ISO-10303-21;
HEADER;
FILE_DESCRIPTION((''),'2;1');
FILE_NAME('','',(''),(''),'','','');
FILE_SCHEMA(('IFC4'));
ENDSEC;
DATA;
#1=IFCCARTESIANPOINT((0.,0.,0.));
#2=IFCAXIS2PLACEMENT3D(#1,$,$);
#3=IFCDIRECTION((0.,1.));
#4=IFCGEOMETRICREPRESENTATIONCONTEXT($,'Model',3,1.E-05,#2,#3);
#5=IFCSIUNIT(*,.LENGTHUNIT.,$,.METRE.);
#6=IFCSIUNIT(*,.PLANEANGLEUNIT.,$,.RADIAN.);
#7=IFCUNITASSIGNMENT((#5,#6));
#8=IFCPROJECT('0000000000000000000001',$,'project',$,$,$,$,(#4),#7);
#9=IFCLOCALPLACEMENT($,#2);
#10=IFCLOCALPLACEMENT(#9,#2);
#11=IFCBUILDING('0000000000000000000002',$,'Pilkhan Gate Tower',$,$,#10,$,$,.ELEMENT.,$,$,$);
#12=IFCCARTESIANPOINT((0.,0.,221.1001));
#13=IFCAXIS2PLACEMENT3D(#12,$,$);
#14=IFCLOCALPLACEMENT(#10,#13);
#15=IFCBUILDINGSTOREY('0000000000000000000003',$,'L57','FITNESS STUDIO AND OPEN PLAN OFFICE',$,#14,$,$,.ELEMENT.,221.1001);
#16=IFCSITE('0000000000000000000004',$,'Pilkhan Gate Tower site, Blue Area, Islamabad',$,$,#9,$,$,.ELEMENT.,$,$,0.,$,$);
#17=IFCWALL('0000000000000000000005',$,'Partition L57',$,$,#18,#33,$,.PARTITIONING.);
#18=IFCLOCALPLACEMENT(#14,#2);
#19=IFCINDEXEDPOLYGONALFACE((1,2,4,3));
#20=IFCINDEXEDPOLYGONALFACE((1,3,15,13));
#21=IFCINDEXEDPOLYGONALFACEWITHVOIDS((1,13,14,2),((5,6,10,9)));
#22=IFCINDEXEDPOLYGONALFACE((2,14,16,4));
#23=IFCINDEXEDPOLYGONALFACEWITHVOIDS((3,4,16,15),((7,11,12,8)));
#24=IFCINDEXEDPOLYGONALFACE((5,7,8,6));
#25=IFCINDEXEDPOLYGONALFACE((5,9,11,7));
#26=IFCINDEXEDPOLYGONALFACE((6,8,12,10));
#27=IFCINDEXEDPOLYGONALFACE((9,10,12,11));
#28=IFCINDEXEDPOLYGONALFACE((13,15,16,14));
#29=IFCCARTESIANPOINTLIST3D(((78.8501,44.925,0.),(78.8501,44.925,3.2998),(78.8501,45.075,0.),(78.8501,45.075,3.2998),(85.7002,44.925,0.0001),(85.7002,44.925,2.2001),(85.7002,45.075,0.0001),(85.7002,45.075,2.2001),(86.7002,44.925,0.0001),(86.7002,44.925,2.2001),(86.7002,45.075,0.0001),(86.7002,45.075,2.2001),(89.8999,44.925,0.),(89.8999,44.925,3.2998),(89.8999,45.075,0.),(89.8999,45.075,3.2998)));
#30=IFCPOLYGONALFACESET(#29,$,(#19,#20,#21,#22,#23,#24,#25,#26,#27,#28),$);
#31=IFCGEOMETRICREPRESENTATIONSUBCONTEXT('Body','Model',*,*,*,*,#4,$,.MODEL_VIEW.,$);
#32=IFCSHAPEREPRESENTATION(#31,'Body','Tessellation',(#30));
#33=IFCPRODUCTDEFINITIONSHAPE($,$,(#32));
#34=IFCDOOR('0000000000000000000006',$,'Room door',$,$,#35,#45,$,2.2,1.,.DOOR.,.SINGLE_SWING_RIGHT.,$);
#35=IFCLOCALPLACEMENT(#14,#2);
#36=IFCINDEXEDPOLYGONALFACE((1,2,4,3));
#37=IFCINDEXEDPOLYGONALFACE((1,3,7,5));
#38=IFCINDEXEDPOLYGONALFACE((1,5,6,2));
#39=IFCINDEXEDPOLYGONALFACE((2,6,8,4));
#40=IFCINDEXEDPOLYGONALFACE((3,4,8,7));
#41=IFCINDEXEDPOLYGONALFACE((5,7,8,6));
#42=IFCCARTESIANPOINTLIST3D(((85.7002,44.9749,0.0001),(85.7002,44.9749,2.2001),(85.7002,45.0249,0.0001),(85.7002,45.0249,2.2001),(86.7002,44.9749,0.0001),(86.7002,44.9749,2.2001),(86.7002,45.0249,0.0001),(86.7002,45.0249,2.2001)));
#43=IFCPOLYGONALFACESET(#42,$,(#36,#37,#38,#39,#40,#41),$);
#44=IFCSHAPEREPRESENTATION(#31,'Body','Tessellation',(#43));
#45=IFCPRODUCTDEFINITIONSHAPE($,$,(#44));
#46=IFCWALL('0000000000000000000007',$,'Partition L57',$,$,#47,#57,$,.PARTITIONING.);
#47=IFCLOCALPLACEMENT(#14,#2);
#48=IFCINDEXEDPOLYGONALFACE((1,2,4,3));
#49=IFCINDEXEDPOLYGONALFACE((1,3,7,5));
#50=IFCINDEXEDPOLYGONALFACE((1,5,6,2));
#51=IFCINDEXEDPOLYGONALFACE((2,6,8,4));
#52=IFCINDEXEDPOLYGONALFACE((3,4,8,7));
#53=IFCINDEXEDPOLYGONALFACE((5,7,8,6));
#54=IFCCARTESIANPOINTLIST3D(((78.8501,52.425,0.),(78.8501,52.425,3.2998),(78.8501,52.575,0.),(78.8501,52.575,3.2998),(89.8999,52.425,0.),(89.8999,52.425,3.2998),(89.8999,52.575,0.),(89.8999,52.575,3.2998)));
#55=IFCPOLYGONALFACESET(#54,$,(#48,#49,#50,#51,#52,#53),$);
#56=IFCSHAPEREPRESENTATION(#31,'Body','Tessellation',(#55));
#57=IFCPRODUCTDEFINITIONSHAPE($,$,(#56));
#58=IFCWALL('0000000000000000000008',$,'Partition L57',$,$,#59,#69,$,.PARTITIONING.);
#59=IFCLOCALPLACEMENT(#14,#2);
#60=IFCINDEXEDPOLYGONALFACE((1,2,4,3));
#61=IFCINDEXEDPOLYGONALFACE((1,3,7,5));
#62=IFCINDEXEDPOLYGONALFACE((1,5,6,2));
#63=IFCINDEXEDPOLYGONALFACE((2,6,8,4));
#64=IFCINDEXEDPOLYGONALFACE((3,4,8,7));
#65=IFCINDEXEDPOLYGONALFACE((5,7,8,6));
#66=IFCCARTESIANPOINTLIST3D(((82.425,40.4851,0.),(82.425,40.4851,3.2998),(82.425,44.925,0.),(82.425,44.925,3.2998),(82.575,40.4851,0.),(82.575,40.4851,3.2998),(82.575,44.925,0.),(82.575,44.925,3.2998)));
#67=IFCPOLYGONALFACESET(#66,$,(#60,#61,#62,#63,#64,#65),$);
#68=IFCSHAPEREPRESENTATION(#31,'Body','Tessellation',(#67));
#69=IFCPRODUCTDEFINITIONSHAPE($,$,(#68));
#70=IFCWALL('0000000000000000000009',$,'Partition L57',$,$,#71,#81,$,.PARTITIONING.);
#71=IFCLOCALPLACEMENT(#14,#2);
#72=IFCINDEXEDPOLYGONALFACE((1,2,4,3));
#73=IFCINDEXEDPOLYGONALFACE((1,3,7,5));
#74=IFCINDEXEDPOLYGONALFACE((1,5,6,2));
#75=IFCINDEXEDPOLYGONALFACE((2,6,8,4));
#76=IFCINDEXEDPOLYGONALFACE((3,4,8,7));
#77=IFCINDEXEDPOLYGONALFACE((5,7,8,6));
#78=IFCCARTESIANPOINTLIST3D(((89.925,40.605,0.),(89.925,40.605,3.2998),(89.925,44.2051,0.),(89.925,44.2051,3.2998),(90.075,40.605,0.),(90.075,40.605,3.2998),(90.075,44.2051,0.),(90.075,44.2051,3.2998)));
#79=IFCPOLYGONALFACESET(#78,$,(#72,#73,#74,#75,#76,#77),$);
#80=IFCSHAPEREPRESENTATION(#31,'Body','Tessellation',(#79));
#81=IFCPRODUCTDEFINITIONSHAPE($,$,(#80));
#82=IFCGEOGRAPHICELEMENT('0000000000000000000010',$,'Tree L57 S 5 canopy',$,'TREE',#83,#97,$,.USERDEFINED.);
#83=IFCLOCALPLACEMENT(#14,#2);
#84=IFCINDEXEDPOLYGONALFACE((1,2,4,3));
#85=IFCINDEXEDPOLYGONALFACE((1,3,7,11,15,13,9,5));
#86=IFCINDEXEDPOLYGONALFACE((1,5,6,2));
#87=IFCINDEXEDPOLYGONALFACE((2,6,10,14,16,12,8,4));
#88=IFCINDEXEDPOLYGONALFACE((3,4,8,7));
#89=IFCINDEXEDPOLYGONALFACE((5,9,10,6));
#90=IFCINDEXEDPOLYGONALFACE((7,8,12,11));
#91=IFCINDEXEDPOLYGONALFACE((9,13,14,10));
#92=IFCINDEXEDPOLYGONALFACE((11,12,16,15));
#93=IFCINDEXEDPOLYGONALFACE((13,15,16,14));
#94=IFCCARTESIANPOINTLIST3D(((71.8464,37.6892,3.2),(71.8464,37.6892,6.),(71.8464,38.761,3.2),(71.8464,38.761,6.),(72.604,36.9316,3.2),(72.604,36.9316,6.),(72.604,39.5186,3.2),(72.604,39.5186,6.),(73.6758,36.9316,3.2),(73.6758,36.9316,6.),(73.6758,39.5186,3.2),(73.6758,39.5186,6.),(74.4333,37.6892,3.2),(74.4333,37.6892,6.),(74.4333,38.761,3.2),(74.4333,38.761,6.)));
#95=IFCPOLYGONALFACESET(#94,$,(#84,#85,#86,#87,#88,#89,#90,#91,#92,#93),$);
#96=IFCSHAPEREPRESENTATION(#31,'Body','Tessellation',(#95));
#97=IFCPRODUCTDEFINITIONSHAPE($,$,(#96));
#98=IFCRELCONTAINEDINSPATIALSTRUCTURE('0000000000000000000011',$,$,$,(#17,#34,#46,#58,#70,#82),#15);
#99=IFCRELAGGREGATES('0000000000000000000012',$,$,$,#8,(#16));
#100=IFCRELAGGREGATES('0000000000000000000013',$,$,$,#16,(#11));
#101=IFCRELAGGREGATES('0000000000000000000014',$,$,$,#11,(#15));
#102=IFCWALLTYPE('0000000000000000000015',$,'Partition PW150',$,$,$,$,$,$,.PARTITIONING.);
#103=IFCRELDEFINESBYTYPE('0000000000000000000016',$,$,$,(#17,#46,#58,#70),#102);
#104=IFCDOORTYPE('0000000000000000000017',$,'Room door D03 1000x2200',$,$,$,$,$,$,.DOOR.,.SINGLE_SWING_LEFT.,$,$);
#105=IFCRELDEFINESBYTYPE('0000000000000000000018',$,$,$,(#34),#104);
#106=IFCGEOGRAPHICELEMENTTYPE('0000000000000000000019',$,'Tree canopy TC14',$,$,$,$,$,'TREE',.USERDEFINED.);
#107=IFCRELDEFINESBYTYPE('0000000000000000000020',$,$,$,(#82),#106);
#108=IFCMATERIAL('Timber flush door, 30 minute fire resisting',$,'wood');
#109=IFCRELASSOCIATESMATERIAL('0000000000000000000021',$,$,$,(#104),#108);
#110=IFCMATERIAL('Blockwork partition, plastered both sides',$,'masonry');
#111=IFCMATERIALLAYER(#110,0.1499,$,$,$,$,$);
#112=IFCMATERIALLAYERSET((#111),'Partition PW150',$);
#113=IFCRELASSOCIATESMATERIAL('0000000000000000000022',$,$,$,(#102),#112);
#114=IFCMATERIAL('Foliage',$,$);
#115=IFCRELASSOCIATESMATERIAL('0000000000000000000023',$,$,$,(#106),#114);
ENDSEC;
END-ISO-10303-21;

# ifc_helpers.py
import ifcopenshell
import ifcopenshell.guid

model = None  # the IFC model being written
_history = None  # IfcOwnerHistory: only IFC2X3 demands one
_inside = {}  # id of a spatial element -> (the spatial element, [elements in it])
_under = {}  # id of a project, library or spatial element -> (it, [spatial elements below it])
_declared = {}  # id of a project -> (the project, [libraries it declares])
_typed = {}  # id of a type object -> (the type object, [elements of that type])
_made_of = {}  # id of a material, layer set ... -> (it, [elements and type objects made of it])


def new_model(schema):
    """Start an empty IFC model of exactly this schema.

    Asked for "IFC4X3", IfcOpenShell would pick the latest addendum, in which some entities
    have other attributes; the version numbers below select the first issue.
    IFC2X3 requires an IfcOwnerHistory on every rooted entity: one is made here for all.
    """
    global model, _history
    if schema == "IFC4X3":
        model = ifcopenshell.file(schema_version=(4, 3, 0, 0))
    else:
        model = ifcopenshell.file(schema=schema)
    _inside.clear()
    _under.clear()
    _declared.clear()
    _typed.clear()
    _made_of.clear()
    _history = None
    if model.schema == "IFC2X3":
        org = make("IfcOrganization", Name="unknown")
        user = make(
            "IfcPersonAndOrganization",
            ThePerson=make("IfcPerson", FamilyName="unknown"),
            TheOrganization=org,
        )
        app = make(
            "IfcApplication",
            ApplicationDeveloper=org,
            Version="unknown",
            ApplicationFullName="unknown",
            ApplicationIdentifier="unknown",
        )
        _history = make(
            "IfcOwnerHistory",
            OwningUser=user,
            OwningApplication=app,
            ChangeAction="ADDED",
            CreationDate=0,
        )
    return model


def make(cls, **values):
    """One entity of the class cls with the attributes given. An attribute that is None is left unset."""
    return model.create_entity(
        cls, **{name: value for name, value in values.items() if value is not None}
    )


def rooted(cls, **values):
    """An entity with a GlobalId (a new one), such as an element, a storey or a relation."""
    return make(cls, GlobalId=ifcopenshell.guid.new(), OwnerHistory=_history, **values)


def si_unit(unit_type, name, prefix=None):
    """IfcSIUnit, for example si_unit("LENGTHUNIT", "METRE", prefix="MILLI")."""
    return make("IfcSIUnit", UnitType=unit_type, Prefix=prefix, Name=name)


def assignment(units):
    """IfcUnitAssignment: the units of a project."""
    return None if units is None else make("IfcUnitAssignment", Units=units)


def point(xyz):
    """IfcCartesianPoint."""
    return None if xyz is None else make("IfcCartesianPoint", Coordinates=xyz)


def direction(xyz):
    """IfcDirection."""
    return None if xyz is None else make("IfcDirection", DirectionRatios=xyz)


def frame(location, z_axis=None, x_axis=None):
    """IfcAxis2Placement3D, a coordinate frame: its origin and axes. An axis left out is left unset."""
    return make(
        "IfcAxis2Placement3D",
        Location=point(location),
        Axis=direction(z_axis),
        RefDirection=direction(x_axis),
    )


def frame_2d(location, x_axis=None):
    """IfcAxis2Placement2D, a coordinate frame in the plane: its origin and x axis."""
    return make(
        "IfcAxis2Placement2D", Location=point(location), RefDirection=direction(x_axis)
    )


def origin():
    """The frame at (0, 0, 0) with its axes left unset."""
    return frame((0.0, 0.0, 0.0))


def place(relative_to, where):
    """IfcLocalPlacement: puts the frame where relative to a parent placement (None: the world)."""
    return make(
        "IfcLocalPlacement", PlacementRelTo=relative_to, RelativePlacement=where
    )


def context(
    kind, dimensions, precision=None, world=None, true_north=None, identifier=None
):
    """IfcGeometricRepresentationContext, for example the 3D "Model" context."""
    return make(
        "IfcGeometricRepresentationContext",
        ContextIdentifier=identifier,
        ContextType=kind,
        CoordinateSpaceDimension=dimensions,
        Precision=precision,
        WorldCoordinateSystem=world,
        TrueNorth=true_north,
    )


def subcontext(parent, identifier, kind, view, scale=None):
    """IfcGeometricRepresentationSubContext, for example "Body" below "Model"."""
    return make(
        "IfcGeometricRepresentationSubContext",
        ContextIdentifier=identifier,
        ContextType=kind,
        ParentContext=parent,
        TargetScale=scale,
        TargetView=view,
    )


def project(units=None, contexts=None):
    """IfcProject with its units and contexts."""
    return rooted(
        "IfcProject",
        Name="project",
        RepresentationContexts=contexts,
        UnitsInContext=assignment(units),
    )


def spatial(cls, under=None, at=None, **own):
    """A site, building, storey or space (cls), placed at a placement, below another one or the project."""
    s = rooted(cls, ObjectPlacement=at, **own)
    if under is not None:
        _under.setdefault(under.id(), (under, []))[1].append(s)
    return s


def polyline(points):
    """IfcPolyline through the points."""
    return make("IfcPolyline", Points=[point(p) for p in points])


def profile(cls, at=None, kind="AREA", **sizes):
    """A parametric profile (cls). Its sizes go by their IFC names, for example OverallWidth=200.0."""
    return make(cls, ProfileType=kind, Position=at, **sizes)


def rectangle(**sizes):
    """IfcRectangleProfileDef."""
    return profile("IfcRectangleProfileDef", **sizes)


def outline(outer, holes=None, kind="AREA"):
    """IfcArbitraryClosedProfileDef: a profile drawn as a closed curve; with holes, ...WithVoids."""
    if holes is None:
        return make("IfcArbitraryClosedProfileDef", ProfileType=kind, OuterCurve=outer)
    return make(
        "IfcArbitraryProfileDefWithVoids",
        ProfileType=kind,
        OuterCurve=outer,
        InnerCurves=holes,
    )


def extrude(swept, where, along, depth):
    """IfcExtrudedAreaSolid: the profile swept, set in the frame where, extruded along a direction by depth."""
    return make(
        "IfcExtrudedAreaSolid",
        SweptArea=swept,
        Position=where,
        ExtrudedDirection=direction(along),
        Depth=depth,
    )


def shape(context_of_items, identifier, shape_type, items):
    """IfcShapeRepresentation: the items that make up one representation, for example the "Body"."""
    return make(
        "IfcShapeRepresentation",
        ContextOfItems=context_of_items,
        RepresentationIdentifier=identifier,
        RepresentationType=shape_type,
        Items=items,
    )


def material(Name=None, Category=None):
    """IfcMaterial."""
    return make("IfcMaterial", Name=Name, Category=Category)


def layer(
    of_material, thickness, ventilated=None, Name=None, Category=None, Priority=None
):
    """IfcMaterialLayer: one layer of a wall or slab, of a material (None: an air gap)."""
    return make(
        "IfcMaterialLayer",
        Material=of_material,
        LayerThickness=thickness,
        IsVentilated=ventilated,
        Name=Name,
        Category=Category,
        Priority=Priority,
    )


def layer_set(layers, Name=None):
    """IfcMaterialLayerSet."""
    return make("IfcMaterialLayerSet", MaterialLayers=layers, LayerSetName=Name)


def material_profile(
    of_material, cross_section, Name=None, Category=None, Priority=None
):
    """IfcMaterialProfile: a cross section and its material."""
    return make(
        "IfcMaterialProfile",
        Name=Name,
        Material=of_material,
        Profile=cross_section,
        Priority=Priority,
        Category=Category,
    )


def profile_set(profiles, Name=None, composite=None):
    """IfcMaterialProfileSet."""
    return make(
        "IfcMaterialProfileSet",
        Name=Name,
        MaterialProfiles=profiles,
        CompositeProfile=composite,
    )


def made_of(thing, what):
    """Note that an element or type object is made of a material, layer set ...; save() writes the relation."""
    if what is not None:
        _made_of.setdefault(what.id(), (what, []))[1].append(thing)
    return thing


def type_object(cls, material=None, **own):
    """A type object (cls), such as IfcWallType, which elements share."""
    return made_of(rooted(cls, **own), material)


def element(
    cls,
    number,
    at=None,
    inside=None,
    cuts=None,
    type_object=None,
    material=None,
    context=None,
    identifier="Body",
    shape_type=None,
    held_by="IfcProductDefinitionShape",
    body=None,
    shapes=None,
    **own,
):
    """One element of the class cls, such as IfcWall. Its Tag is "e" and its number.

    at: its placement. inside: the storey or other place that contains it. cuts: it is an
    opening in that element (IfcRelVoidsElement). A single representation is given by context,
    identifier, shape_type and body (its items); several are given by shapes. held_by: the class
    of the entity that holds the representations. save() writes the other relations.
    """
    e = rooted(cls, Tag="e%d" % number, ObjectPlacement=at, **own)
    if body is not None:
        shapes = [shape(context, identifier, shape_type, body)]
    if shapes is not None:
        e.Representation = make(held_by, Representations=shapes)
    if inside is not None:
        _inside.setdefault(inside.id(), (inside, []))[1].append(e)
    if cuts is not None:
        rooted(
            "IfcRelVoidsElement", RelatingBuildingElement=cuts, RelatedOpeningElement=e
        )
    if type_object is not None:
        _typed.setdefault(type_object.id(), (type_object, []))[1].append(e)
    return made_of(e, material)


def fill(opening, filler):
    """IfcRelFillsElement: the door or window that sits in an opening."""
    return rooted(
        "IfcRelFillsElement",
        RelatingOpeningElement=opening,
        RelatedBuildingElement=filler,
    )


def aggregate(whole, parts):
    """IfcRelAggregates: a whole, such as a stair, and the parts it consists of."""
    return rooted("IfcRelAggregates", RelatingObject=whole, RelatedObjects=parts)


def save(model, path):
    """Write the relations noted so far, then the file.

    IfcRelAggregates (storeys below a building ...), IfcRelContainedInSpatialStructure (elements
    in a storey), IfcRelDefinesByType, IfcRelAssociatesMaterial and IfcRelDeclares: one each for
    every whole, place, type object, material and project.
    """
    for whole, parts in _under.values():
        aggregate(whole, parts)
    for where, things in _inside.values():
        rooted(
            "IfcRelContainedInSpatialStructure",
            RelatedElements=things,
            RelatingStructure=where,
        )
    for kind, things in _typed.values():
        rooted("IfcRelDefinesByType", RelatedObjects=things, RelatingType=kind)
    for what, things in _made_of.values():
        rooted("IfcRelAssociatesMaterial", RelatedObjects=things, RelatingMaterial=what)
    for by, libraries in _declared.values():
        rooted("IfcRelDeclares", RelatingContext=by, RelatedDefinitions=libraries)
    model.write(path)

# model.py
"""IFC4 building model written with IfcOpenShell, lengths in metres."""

from ifc_helpers import new_model, si_unit, direction, frame, frame_2d, origin, place, context, subcontext, project, spatial, polyline, rectangle, outline, extrude, material, layer, layer_set, material_profile, profile_set, type_object, element, fill, save


model = new_model("IFC4")

# Units and contexts
model_context = context("Model", 3, precision=1e-05, world=origin(), true_north=direction((0.0, 1.0)))
body_context = subcontext(model_context, "Body", "Model", "MODEL_VIEW")
ifc_project = project(units=[si_unit("LENGTHUNIT", "METRE"), si_unit("PLANEANGLEUNIT", "RADIAN")], contexts=[model_context])

# Site, building, storey
site_placement = place(None, origin())
site = spatial("IfcSite", under=ifc_project, at=site_placement, Name="Pilkhan Gate Tower site, Blue Area, Islamabad", CompositionType="ELEMENT", RefElevation=0.0)
building_placement = place(site_placement, origin())
building = spatial("IfcBuilding", under=site, at=building_placement, Name="Pilkhan Gate Tower", CompositionType="ELEMENT")
storey_placement = place(building_placement, frame((0.0, 0.0, 221.1001)))
storey = spatial("IfcBuildingStorey", under=building, at=storey_placement, Name="L57", Description="FITNESS STUDIO AND OPEN PLAN OFFICE", CompositionType="ELEMENT", Elevation=221.1001)

# Shared definitions
ifc_material_1 = material(Name="Timber flush door, 30 minute fire resisting", Category="wood")
door_type_1 = type_object("IfcDoorType", Name="Room door D03 1000x2200", OperationType="SINGLE_SWING_LEFT", PredefinedType="DOOR", material=ifc_material_1)

# Wall, opening, door
ifc_material_2 = material(Name="Blockwork partition, plastered both sides", Category="masonry")
ifc_layer_1 = layer(ifc_material_2, 0.1499)
ifc_layer_set_1 = layer_set([ifc_layer_1], Name="Partition PW150")
wall_type_1 = type_object("IfcWallType", Name="Partition PW150", PredefinedType="PARTITIONING", material=ifc_layer_set_1)
wall_1_placement = place(storey_placement, frame((78.8501, 45.0, 0.0), z_axis=(0.0, 0.0, 1.0), x_axis=(1.0, 0.0, 0.0)))
wall_1 = element("IfcWall", 1, at=wall_1_placement, inside=storey, type_object=wall_type_1, Name="Partition L57", PredefinedType="PARTITIONING", context=body_context, shape_type="SweptSolid", body=[
    extrude(rectangle(XDim=11.0498, YDim=0.1499, at=frame_2d((5.5249, 0.0))), origin(), (0.0, 0.0, 1.0), 3.2998),
])
opening_1_placement = place(wall_1_placement, frame((6.8501, 0.0, 0.0)))
opening_1 = element("IfcOpeningElement", 2, at=opening_1_placement, cuts=wall_1, PredefinedType="OPENING", context=body_context, shape_type="SweptSolid", body=[
    extrude(rectangle(XDim=1.0, YDim=2.2, at=frame_2d((0.5, 1.1001))), frame((0.0, 0.085, 0.0), z_axis=(0.0, -1.0, 0.0), x_axis=(1.0, 0.0, 0.0)), (0.0, 0.0, 1.0), 0.1699),
])
door_1_placement = place(opening_1_placement, origin())
door_1 = element("IfcDoor", 3, at=door_1_placement, inside=storey, type_object=door_type_1, Name="Room door", OperationType="SINGLE_SWING_RIGHT", OverallHeight=2.2, OverallWidth=1.0, PredefinedType="DOOR", context=body_context, shape_type="SweptSolid", body=[
    extrude(rectangle(XDim=1.0, YDim=2.2, at=frame_2d((0.5, 1.1001))), frame((0.0, 0.0249, 0.0), z_axis=(0.0, -1.0, 0.0), x_axis=(1.0, 0.0, 0.0)), (0.0, 0.0, 1.0), 0.05),
])
fill(opening_1, door_1)

# Walls
wall_2_placement = place(storey_placement, frame((78.8501, 52.5, 0.0), z_axis=(0.0, 0.0, 1.0), x_axis=(1.0, 0.0, 0.0)))
element("IfcWall", 4, at=wall_2_placement, inside=storey, type_object=wall_type_1, Name="Partition L57", PredefinedType="PARTITIONING", context=body_context, shape_type="SweptSolid", body=[
    extrude(rectangle(XDim=11.0498, YDim=0.1499, at=frame_2d((5.5249, 0.0))), origin(), (0.0, 0.0, 1.0), 3.2998),
])
wall_3_placement = place(storey_placement, frame((82.5, 40.4851, 0.0), z_axis=(0.0, 0.0, 1.0), x_axis=(0.0, 1.0, 0.0)))
element("IfcWall", 5, at=wall_3_placement, inside=storey, type_object=wall_type_1, Name="Partition L57", PredefinedType="PARTITIONING", context=body_context, shape_type="SweptSolid", body=[
    extrude(rectangle(XDim=4.4399, YDim=0.1499, at=frame_2d((2.22, 0.0))), origin(), (0.0, 0.0, 1.0), 3.2998),
])
wall_4_placement = place(storey_placement, frame((90.0, 40.605, 0.0), z_axis=(0.0, 0.0, 1.0), x_axis=(0.0, 1.0, 0.0)))
element("IfcWall", 6, at=wall_4_placement, inside=storey, type_object=wall_type_1, Name="Partition L57", PredefinedType="PARTITIONING", context=body_context, shape_type="SweptSolid", body=[
    extrude(rectangle(XDim=3.6001, YDim=0.1499, at=frame_2d((1.8, 0.0))), origin(), (0.0, 0.0, 1.0), 3.2998),
])

# Geographic element
ifc_material_3 = material(Name="Foliage")
ifc_material_profile_1 = material_profile(ifc_material_3, outline(polyline([(1.2935, 0.5359), (0.5359, 1.2935), (-0.5359, 1.2935), (-1.2935, 0.5359), (-1.2935, -0.5359), (-0.5359, -1.2935), (0.5359, -1.2935), (1.2935, -0.5359), (1.2935, 0.5359)])), Name="Canopy D2.8")
ifc_profile_set_1 = profile_set([ifc_material_profile_1], Name="Foliage")
geographic_element_type = type_object("IfcGeographicElementType", Name="Tree canopy TC14", ElementType="TREE", PredefinedType="USERDEFINED", material=ifc_profile_set_1)
geographic_element_placement = place(storey_placement, frame((73.1399, 38.2251, 3.2), z_axis=(0.0, 0.0, 1.0), x_axis=(1.0, 0.0, 0.0)))
element("IfcGeographicElement", 7, at=geographic_element_placement, inside=storey, type_object=geographic_element_type, Name="Tree L57 S 5 canopy", ObjectType="TREE", PredefinedType="USERDEFINED", context=body_context, shape_type="SweptSolid", body=[
    extrude(outline(polyline([(1.2935, 0.5359), (0.5359, 1.2935), (-0.5359, 1.2935), (-1.2935, 0.5359), (-1.2935, -0.5359), (-0.5359, -1.2935), (0.5359, -1.2935), (1.2935, -0.5359), (1.2935, 0.5359)])), origin(), (0.0, 0.0, 1.0), 2.8),
])

save(model, "model.ifc")
